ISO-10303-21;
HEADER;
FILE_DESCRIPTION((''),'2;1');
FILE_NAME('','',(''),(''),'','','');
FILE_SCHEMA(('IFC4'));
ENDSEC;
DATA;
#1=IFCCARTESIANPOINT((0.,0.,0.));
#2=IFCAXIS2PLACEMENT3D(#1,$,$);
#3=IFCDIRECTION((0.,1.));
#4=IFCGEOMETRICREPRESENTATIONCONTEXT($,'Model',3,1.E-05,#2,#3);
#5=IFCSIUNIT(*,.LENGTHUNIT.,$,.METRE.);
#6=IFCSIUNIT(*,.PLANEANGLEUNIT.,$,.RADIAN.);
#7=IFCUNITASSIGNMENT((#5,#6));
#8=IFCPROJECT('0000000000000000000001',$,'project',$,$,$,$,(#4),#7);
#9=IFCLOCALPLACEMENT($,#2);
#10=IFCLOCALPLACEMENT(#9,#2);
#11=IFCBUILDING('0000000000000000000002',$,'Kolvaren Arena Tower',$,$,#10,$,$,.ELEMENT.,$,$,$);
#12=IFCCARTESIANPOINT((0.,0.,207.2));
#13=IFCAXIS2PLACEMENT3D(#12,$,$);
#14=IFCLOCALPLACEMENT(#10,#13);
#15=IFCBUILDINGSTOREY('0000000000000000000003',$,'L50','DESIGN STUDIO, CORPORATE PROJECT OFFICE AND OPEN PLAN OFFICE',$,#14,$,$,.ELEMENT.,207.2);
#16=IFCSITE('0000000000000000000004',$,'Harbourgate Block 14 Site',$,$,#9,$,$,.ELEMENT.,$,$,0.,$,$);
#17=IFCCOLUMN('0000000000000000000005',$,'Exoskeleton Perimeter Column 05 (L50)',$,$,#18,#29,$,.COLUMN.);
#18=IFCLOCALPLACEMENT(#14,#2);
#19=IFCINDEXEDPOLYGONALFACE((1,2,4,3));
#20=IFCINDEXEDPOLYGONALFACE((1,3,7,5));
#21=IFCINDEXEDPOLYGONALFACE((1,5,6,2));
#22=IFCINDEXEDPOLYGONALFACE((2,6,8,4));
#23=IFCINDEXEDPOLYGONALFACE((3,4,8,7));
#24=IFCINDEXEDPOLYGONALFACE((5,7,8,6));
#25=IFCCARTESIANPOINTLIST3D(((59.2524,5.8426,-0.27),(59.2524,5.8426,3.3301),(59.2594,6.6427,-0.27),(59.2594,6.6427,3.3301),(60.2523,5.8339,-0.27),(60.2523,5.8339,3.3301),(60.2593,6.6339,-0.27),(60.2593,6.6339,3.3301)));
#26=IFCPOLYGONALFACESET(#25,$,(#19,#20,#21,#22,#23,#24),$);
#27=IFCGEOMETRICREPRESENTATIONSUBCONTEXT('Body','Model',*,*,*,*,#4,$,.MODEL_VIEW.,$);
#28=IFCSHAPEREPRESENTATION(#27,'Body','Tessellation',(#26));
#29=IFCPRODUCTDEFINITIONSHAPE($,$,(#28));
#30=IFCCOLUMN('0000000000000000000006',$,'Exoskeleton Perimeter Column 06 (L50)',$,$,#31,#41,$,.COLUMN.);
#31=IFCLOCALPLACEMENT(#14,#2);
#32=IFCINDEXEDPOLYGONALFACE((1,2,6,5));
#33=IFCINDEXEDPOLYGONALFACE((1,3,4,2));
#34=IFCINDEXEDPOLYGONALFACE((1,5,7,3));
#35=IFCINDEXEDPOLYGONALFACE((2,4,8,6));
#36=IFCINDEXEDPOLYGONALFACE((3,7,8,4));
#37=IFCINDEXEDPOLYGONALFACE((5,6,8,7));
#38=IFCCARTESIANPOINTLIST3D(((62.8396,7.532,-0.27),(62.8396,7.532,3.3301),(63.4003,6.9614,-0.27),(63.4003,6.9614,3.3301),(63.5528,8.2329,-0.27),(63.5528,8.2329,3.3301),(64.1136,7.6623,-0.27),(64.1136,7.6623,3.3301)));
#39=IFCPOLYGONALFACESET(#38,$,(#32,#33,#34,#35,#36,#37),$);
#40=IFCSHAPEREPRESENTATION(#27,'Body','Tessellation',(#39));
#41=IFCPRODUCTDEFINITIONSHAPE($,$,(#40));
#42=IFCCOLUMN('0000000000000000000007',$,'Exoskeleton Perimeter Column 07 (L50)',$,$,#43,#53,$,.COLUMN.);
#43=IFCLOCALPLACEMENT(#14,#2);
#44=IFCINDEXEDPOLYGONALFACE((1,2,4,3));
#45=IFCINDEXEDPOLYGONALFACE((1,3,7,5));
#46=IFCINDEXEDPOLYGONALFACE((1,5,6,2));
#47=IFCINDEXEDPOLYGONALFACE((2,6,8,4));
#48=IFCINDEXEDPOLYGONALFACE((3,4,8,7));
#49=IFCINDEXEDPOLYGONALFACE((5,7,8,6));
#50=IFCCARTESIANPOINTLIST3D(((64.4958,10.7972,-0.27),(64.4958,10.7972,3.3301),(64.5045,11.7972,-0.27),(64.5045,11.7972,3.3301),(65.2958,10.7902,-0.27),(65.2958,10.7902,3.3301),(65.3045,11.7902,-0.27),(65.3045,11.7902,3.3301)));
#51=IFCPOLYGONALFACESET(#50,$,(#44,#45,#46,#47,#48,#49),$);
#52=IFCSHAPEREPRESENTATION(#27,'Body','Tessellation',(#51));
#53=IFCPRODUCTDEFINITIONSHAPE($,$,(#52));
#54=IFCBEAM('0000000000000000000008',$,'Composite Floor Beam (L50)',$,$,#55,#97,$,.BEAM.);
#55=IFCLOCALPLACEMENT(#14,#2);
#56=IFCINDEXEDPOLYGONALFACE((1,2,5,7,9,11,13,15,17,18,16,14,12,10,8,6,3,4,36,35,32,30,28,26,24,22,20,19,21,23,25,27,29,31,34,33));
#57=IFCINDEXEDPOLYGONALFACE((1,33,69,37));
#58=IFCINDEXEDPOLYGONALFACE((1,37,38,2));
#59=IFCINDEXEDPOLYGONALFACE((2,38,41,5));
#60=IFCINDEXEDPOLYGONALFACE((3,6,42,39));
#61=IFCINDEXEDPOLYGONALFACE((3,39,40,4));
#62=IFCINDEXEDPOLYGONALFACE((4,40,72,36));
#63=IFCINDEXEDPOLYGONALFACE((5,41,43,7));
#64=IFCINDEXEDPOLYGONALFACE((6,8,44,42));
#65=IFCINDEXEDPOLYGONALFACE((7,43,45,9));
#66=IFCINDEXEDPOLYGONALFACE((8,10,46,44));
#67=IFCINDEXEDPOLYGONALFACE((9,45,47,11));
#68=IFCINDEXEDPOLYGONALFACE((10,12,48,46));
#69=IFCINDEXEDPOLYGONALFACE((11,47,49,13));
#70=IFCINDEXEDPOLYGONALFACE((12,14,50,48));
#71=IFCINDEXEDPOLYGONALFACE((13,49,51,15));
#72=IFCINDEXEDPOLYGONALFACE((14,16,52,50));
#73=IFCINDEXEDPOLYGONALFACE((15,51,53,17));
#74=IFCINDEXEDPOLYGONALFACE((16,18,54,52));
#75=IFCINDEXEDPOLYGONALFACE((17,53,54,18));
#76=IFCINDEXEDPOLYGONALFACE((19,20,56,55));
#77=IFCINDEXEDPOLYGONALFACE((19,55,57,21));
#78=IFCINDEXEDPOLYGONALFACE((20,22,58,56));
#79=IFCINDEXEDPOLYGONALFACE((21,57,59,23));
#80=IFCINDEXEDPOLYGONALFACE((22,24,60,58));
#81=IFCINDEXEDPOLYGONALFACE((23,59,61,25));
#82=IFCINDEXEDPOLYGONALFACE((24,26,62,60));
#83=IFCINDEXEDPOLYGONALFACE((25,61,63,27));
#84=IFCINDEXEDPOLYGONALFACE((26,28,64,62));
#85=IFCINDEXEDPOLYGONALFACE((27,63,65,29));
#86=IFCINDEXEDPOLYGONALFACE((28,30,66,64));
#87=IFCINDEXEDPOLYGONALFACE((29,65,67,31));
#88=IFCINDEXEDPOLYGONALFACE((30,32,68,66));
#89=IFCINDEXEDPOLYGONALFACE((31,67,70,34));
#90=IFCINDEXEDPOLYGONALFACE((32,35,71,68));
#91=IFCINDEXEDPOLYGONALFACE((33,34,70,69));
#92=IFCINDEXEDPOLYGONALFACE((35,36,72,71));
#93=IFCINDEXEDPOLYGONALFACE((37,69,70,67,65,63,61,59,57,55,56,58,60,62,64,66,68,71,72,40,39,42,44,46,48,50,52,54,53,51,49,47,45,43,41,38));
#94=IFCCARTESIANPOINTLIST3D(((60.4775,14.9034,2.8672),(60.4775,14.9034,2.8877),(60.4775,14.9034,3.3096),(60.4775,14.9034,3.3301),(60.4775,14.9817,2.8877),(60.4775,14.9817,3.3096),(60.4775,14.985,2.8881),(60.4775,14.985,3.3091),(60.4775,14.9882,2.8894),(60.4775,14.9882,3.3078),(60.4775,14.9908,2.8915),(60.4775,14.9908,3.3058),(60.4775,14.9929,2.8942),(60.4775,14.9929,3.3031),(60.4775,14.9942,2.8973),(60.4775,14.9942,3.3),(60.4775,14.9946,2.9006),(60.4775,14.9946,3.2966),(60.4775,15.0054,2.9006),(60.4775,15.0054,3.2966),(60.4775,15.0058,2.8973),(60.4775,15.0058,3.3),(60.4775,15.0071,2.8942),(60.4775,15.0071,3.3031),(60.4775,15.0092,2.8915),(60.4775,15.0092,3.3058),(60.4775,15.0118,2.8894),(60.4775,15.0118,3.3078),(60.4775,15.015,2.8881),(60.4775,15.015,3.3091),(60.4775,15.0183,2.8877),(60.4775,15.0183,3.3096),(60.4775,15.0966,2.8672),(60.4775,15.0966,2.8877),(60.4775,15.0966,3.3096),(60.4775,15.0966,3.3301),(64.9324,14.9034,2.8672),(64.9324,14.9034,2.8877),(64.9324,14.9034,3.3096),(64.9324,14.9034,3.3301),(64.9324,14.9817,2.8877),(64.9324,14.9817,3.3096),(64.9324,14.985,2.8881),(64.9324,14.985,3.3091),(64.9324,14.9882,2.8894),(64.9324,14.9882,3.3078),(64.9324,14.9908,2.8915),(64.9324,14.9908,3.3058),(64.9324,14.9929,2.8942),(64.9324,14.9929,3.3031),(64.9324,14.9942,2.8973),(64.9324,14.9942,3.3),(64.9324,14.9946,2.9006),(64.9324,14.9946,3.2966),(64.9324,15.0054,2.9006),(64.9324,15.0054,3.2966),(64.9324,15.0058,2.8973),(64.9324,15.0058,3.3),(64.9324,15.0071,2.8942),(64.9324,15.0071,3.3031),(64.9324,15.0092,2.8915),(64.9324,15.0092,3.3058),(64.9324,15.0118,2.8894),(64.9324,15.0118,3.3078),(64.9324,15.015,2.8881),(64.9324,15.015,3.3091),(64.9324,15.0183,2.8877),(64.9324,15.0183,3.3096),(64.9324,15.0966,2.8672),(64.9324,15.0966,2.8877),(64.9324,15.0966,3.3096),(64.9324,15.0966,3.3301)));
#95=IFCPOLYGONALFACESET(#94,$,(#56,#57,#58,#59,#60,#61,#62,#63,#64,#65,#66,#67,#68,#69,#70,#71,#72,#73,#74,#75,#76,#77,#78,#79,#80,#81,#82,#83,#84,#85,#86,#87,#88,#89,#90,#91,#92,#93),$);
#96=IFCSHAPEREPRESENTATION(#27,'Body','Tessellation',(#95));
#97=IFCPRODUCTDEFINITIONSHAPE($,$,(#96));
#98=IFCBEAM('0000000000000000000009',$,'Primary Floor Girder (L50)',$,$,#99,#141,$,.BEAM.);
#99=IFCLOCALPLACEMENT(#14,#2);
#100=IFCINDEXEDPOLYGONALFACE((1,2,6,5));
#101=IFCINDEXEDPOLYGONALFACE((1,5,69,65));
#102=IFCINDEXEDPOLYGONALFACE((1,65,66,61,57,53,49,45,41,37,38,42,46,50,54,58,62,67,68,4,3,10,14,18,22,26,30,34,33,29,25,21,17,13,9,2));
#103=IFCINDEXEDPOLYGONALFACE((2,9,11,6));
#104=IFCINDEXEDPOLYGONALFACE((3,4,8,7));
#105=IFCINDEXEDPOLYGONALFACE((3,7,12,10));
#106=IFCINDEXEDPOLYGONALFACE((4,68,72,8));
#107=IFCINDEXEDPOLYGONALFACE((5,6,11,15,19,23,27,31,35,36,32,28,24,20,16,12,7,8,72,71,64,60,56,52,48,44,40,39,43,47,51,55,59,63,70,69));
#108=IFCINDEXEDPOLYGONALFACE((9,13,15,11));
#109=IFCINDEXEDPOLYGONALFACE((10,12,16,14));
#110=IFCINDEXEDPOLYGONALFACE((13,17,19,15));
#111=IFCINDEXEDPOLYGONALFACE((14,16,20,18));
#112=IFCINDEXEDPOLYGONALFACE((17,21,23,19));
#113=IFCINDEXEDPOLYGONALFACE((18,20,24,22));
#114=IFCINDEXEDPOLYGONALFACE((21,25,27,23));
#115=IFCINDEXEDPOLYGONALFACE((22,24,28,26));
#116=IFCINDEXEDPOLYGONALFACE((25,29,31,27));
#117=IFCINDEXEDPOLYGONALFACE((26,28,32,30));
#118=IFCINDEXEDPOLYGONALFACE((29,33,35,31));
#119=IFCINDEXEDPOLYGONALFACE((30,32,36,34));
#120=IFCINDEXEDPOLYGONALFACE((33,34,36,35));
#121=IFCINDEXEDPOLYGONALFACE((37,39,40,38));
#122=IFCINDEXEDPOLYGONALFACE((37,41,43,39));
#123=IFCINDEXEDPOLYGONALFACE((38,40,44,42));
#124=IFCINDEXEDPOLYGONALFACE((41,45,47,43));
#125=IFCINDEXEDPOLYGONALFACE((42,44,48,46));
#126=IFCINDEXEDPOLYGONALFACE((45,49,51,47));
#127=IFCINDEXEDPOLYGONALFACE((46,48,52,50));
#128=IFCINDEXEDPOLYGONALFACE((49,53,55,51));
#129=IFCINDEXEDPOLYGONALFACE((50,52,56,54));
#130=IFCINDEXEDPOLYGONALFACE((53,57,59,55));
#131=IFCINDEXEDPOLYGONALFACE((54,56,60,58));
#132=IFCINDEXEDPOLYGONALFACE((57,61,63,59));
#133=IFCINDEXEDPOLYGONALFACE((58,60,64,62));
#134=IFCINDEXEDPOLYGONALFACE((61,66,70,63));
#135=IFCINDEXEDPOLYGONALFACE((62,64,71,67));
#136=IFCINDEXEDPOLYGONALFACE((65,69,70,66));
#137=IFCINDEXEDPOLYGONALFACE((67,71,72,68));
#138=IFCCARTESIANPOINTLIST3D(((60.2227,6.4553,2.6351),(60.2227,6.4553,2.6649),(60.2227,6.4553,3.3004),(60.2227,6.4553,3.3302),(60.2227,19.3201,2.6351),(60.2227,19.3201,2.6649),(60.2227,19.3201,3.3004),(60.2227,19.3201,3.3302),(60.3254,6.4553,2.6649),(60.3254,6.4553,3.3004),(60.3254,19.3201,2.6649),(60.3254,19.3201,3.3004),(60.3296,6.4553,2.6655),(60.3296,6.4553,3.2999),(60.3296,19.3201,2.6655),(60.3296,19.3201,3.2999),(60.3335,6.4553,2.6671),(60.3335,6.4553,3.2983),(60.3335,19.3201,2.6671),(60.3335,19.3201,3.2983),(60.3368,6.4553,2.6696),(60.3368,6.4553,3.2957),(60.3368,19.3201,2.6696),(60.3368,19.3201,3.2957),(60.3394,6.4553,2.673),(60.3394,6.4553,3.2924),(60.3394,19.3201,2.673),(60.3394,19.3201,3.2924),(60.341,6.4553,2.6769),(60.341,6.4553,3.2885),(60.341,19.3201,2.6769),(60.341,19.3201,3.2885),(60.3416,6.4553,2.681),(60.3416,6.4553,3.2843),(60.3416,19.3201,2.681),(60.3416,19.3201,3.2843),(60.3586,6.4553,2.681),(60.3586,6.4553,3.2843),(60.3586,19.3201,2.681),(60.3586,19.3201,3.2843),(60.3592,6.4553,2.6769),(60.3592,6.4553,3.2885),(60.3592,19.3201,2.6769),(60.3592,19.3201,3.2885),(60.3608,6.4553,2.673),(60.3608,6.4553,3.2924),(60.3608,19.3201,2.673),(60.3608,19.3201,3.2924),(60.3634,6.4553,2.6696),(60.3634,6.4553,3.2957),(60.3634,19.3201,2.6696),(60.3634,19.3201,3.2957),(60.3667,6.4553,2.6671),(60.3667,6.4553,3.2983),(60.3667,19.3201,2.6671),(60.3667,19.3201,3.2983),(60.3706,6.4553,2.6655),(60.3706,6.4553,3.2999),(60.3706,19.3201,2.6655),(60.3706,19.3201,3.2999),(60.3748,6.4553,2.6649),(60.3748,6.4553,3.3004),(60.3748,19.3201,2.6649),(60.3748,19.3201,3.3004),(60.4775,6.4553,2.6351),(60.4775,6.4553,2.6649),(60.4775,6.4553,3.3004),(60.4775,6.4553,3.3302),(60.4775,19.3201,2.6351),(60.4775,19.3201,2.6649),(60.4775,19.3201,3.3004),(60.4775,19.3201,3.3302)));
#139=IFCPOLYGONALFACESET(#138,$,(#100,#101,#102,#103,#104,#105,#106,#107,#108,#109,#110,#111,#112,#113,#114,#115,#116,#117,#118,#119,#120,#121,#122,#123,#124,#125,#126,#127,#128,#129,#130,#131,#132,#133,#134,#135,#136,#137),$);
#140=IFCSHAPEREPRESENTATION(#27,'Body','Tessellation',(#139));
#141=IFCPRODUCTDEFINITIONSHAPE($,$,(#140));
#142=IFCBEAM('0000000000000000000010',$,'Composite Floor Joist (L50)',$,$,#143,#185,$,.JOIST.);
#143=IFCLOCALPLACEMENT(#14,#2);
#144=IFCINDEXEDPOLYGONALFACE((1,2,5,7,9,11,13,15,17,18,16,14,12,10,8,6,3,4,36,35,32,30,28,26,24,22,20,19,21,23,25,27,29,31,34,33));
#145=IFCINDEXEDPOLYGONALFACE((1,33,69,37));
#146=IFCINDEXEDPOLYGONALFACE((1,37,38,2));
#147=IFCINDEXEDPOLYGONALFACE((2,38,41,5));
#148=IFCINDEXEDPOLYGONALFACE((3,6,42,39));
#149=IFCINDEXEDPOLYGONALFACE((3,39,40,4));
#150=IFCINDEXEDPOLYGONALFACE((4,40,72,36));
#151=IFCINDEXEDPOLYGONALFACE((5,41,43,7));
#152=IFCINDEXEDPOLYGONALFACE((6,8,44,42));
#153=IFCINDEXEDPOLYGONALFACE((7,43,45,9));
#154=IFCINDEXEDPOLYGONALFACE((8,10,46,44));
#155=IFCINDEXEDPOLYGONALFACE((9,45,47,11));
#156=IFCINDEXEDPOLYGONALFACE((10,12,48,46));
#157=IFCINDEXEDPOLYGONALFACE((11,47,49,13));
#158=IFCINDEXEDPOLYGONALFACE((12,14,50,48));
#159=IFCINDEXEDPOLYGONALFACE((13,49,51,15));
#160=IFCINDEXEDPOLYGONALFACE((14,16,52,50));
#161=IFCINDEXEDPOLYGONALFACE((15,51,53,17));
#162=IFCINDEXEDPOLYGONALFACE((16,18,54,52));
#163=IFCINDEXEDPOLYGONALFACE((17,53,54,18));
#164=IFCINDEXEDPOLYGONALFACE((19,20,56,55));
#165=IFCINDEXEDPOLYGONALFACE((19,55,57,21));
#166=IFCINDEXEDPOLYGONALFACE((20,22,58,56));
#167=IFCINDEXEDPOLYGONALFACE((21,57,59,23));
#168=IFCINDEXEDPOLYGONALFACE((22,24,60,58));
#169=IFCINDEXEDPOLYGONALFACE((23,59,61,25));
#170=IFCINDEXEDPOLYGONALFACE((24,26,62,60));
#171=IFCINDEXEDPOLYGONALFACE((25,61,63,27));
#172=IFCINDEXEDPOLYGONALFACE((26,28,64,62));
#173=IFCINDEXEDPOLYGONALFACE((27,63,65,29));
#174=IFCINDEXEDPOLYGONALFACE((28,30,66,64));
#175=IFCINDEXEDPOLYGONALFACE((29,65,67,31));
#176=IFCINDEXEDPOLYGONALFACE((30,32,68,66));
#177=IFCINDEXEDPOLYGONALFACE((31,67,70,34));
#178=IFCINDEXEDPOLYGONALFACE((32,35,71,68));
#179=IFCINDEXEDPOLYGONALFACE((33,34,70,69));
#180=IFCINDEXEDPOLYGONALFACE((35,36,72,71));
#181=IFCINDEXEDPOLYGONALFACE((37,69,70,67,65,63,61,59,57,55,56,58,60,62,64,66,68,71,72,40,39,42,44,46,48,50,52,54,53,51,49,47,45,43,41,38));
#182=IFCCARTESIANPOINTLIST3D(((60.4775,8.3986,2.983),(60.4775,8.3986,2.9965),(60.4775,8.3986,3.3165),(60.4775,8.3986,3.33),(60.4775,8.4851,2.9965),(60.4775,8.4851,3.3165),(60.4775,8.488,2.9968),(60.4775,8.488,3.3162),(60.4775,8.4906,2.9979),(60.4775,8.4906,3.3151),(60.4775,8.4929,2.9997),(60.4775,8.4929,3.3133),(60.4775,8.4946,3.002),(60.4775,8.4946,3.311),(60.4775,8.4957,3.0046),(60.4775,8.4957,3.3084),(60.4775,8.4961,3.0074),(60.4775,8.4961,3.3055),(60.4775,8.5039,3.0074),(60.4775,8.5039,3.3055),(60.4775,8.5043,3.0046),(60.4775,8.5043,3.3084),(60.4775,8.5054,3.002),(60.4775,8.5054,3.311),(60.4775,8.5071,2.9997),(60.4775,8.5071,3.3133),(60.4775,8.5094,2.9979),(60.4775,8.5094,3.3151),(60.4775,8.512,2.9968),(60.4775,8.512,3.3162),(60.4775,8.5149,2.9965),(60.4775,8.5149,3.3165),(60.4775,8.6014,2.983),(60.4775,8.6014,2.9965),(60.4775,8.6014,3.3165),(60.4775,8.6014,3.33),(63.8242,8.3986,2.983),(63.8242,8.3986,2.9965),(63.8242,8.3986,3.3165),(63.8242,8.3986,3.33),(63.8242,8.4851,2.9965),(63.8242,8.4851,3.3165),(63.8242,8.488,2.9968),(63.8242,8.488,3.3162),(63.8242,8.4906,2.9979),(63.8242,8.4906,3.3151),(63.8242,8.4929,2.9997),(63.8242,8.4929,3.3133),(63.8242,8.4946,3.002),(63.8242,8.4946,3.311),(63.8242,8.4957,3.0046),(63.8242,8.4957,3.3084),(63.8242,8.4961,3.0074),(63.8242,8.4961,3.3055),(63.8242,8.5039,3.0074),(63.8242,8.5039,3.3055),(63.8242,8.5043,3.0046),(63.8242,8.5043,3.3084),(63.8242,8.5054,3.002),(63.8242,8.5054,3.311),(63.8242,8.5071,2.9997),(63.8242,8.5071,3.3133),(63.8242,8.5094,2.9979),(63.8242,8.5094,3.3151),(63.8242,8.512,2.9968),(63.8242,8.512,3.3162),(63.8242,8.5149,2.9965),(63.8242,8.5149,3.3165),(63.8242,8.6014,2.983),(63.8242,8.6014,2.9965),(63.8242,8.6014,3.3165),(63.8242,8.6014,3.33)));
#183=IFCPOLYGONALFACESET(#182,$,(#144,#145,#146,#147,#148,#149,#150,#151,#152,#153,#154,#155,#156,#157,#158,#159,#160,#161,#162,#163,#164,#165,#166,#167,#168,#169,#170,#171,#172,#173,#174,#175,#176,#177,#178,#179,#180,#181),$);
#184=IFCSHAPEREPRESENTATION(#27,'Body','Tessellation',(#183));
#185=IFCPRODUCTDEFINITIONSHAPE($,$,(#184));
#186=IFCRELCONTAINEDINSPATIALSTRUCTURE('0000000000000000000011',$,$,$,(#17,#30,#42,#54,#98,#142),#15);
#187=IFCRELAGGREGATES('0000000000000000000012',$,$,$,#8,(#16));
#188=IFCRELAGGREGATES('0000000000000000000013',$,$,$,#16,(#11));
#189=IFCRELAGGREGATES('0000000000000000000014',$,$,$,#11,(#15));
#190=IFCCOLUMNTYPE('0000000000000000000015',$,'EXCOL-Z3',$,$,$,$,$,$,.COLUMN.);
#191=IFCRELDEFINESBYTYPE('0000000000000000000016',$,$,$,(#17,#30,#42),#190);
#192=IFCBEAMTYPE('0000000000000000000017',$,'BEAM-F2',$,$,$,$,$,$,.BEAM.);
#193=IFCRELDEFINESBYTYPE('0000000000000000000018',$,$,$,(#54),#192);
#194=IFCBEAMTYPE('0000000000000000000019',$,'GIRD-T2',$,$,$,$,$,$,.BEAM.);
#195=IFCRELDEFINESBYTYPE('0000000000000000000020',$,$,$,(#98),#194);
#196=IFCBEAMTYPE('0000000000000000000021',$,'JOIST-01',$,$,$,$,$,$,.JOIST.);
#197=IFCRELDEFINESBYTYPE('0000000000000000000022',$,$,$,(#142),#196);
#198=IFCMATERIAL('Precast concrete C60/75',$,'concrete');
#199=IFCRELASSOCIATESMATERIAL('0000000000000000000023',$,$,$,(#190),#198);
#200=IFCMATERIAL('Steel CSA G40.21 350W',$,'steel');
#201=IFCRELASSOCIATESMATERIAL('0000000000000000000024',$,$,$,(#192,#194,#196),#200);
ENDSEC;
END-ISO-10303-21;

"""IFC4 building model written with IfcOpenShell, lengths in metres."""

from ifc_helpers import new_model, si_unit, direction, frame, origin, origin_2d, place, context, subcontext, project, spatial, rectangle, i_section, extrude, material, material_profile, profile_set, type_object, element, save


model = new_model("IFC4")

# Units and contexts
model_context = context("Model", 3, precision=1e-05, world=origin(), true_north=direction((0.0, 1.0)))
body_context = subcontext(model_context, "Body", "Model", "MODEL_VIEW")
ifc_project = project(units=[si_unit("LENGTHUNIT", "METRE"), si_unit("PLANEANGLEUNIT", "RADIAN")], contexts=[model_context])

# Site, building, storey
site_placement = place(None, origin())
site = spatial("IfcSite", under=ifc_project, at=site_placement, Name="Harbourgate Block 14 Site", CompositionType="ELEMENT", RefElevation=0.0)
building_placement = place(site_placement, origin())
building = spatial("IfcBuilding", under=site, at=building_placement, Name="Kolvaren Arena Tower", CompositionType="ELEMENT")
storey_placement = place(building_placement, frame((0.0, 0.0, 207.2)))
storey = spatial("IfcBuildingStorey", under=building, at=storey_placement, Name="L50", Description="DESIGN STUDIO, CORPORATE PROJECT OFFICE AND OPEN PLAN OFFICE", CompositionType="ELEMENT", Elevation=207.2)

# Columns
ifc_material_1 = material(Name="Precast concrete C60/75", Category="concrete")
ifc_material_profile_1 = material_profile(ifc_material_1, rectangle(XDim=1.0, YDim=0.8, at=origin_2d()), Name="RC-1000x800")
ifc_profile_set_1 = profile_set([ifc_material_profile_1], Name="Precast concrete C60/75")
column_type = type_object("IfcColumnType", Name="EXCOL-Z3", PredefinedType="COLUMN", material=ifc_profile_set_1)
for number, where, z_axis, x_axis, name in (
    (1, (59.7559, 6.2383, -0.27), (0.0, 0.0, 1.0), (0.999962, -0.008727, 0.0), "Exoskeleton Perimeter Column 05 (L50)"),
    (2, (63.4766, 7.5972, -0.27), (0.0, 0.0, 1.0), (0.71325, 0.700909, 0.0), "Exoskeleton Perimeter Column 06 (L50)"),
    (3, (64.9001, 11.2937, -0.27), (0.0, 0.0, 1.0), (0.008727, 0.999962, 0.0), "Exoskeleton Perimeter Column 07 (L50)"),
):
    element("IfcColumn", number, at=place(storey_placement, frame(where, z_axis=z_axis, x_axis=x_axis)), inside=storey, type_object=column_type, Name=name, PredefinedType="COLUMN", context=body_context, shape_type="SweptSolid", body=[
        extrude(rectangle(XDim=1.0, YDim=0.8, at=origin_2d()), origin(), (0.0, 0.0, 1.0), 3.6001),
    ])

# Beams
ifc_material_2 = material(Name="Steel CSA G40.21 350W", Category="steel")
ifc_material_profile_2 = material_profile(ifc_material_2, i_section(OverallWidth=0.1931, OverallDepth=0.4629, WebThickness=0.0107, FlangeThickness=0.0205, FilletRadius=0.0129, at=origin_2d()), Name="W460x113")
ifc_profile_set_2 = profile_set([ifc_material_profile_2], Name="Steel CSA G40.21 350W")
beam_type_1 = type_object("IfcBeamType", Name="BEAM-F2", PredefinedType="BEAM", material=ifc_profile_set_2)
beam_1_placement = place(storey_placement, frame((60.4775, 15.0, 3.0986), z_axis=(1.0, 0.0, 0.0), x_axis=(0.0, 1.0, 0.0)))
element("IfcBeam", 4, at=beam_1_placement, inside=storey, type_object=beam_type_1, Name="Composite Floor Beam (L50)", PredefinedType="BEAM", context=body_context, shape_type="SweptSolid", body=[
    extrude(i_section(OverallWidth=0.1931, OverallDepth=0.4629, WebThickness=0.0107, FlangeThickness=0.0205, FilletRadius=0.0129, at=origin_2d()), origin(), (0.0, 0.0, 1.0), 4.4548),
])
ifc_material_profile_3 = material_profile(ifc_material_2, i_section(OverallWidth=0.2549, OverallDepth=0.6951, WebThickness=0.0171, FlangeThickness=0.0298, FilletRadius=0.0161, at=origin_2d()), Name="W690x217")
ifc_profile_set_3 = profile_set([ifc_material_profile_3], Name="Steel CSA G40.21 350W")
beam_type_2 = type_object("IfcBeamType", Name="GIRD-T2", PredefinedType="BEAM", material=ifc_profile_set_3)
beam_2_placement = place(storey_placement, frame((60.3501, 6.4553, 2.9827), z_axis=(0.0, 1.0, 0.0), x_axis=(-1.0, 0.0, 0.0)))
element("IfcBeam", 5, at=beam_2_placement, inside=storey, type_object=beam_type_2, Name="Primary Floor Girder (L50)", PredefinedType="BEAM", context=body_context, shape_type="SweptSolid", body=[
    extrude(i_section(OverallWidth=0.2549, OverallDepth=0.6951, WebThickness=0.0171, FlangeThickness=0.0298, FilletRadius=0.0161, at=origin_2d()), origin(), (0.0, 0.0, 1.0), 12.8647),
])
ifc_material_profile_4 = material_profile(ifc_material_2, i_section(OverallWidth=0.2029, OverallDepth=0.3469, WebThickness=0.0078, FlangeThickness=0.0134, FilletRadius=0.011, at=origin_2d()), Name="W360x64")
ifc_profile_set_4 = profile_set([ifc_material_profile_4], Name="Steel CSA G40.21 350W")
beam_type_3 = type_object("IfcBeamType", Name="JOIST-01", PredefinedType="JOIST", material=ifc_profile_set_4)
beam_3_placement = place(storey_placement, frame((60.4775, 8.5, 3.1565), z_axis=(1.0, 0.0, 0.0), x_axis=(0.0, 1.0, 0.0)))
element("IfcBeam", 6, at=beam_3_placement, inside=storey, type_object=beam_type_3, Name="Composite Floor Joist (L50)", PredefinedType="JOIST", context=body_context, shape_type="SweptSolid", body=[
    extrude(i_section(OverallWidth=0.2029, OverallDepth=0.3469, WebThickness=0.0078, FlangeThickness=0.0134, FilletRadius=0.011, at=origin_2d()), origin(), (0.0, 0.0, 1.0), 3.3467),
])

save(model, "model.ifc")
